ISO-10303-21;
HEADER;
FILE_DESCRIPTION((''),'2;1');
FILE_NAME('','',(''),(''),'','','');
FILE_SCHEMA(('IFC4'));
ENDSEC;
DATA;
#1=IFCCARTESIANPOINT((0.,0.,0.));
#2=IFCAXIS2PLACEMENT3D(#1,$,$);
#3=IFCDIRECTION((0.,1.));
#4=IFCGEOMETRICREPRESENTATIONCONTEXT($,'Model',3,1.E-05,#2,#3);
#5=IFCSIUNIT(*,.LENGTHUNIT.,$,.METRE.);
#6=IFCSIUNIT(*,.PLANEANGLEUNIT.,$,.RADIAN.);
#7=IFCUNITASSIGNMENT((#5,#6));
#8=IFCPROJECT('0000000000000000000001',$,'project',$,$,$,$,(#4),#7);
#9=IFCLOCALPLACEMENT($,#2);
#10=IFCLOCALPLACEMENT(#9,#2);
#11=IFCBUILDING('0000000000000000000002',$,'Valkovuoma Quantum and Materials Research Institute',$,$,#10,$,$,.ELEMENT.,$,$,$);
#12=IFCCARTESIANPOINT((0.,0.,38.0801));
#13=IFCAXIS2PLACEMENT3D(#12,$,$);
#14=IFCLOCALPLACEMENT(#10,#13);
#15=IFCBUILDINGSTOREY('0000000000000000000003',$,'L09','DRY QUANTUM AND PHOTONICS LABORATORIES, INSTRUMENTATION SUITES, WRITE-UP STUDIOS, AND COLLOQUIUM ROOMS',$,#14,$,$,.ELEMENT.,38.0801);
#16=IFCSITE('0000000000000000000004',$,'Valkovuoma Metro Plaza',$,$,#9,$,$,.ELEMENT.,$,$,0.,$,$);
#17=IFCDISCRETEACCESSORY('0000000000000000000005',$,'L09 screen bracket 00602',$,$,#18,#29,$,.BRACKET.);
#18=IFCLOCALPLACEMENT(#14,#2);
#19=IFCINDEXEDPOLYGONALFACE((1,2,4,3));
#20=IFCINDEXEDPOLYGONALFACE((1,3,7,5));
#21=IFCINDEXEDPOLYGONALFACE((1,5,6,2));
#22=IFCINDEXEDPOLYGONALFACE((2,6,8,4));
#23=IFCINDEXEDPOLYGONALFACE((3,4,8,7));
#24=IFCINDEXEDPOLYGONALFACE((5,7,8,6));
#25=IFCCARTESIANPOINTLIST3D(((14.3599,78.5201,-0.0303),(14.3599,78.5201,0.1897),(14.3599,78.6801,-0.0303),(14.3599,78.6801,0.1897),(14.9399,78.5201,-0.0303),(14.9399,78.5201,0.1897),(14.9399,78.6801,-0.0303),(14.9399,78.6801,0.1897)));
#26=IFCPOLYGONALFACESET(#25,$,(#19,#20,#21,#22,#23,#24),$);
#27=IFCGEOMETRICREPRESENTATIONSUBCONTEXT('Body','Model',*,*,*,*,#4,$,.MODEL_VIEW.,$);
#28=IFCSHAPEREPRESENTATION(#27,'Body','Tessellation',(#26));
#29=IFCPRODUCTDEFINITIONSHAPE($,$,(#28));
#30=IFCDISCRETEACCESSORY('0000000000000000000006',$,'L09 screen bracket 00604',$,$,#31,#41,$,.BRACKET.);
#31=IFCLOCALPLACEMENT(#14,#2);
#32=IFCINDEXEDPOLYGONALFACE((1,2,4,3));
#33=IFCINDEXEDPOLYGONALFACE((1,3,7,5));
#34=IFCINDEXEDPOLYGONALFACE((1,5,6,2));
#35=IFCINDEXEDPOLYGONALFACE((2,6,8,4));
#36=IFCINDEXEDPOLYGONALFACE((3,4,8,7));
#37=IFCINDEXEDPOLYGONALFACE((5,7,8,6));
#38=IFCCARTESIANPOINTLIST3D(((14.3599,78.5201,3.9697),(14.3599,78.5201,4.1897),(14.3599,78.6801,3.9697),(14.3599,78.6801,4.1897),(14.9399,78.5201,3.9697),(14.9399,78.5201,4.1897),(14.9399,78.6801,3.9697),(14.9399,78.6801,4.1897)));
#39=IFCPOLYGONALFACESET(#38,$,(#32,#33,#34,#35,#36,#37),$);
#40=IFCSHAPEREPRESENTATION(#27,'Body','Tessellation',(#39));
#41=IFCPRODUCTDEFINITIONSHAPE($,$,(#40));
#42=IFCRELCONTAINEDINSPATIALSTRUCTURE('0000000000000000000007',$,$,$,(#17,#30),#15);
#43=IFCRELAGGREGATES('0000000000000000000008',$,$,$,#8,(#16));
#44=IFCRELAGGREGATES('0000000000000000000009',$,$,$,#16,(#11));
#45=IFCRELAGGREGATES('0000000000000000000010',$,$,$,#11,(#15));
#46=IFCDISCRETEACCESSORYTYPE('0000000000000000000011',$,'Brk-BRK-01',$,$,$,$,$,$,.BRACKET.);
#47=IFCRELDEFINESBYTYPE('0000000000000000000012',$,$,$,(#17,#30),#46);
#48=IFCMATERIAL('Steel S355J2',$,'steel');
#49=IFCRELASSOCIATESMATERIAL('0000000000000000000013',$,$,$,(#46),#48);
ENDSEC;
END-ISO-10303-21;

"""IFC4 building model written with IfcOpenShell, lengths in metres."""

from ifc_helpers import new_model, si_unit, direction, frame, origin, origin_2d, place, context, subcontext, project, spatial, rectangle, extrude, material, type_object, element, save


model = new_model("IFC4")

# Units and contexts
model_context = context("Model", 3, precision=1e-05, world=origin(), true_north=direction((0.0, 1.0)))
body_context = subcontext(model_context, "Body", "Model", "MODEL_VIEW")
ifc_project = project(units=[si_unit("LENGTHUNIT", "METRE"), si_unit("PLANEANGLEUNIT", "RADIAN")], contexts=[model_context])

# Site, building, storey
site_placement = place(None, origin())
site = spatial("IfcSite", under=ifc_project, at=site_placement, Name="Valkovuoma Metro Plaza", CompositionType="ELEMENT", RefElevation=0.0)
building_placement = place(site_placement, origin())
building = spatial("IfcBuilding", under=site, at=building_placement, Name="Valkovuoma Quantum and Materials Research Institute", CompositionType="ELEMENT")
storey_placement = place(building_placement, frame((0.0, 0.0, 38.0801)))
storey = spatial("IfcBuildingStorey", under=building, at=storey_placement, Name="L09", Description="DRY QUANTUM AND PHOTONICS LABORATORIES, INSTRUMENTATION SUITES, WRITE-UP STUDIOS, AND COLLOQUIUM ROOMS", CompositionType="ELEMENT", Elevation=38.0801)

# Discrete accessories
ifc_material_1 = material(Name="Steel S355J2", Category="steel")
discrete_accessory_type = type_object("IfcDiscreteAccessoryType", Name="Brk-BRK-01", PredefinedType="BRACKET", material=ifc_material_1)
for number, where, z_axis, x_axis, name in (
    (1, (14.6499, 78.6001, -0.0303), (0.0, 0.0, 1.0), (1.0, 0.0, 0.0), "L09 screen bracket 00602"),
    (2, (14.6499, 78.6001, 3.9697), (0.0, 0.0, 1.0), (1.0, 0.0, 0.0), "L09 screen bracket 00604"),
):
    element("IfcDiscreteAccessory", number, at=place(storey_placement, frame(where, z_axis=z_axis, x_axis=x_axis)), inside=storey, type_object=discrete_accessory_type, Name=name, PredefinedType="BRACKET", context=body_context, shape_type="SweptSolid", body=[
        extrude(rectangle(XDim=0.5801, YDim=0.1599, at=origin_2d()), origin(), (0.0, 0.0, 1.0), 0.22),
    ])

save(model, "model.ifc")
